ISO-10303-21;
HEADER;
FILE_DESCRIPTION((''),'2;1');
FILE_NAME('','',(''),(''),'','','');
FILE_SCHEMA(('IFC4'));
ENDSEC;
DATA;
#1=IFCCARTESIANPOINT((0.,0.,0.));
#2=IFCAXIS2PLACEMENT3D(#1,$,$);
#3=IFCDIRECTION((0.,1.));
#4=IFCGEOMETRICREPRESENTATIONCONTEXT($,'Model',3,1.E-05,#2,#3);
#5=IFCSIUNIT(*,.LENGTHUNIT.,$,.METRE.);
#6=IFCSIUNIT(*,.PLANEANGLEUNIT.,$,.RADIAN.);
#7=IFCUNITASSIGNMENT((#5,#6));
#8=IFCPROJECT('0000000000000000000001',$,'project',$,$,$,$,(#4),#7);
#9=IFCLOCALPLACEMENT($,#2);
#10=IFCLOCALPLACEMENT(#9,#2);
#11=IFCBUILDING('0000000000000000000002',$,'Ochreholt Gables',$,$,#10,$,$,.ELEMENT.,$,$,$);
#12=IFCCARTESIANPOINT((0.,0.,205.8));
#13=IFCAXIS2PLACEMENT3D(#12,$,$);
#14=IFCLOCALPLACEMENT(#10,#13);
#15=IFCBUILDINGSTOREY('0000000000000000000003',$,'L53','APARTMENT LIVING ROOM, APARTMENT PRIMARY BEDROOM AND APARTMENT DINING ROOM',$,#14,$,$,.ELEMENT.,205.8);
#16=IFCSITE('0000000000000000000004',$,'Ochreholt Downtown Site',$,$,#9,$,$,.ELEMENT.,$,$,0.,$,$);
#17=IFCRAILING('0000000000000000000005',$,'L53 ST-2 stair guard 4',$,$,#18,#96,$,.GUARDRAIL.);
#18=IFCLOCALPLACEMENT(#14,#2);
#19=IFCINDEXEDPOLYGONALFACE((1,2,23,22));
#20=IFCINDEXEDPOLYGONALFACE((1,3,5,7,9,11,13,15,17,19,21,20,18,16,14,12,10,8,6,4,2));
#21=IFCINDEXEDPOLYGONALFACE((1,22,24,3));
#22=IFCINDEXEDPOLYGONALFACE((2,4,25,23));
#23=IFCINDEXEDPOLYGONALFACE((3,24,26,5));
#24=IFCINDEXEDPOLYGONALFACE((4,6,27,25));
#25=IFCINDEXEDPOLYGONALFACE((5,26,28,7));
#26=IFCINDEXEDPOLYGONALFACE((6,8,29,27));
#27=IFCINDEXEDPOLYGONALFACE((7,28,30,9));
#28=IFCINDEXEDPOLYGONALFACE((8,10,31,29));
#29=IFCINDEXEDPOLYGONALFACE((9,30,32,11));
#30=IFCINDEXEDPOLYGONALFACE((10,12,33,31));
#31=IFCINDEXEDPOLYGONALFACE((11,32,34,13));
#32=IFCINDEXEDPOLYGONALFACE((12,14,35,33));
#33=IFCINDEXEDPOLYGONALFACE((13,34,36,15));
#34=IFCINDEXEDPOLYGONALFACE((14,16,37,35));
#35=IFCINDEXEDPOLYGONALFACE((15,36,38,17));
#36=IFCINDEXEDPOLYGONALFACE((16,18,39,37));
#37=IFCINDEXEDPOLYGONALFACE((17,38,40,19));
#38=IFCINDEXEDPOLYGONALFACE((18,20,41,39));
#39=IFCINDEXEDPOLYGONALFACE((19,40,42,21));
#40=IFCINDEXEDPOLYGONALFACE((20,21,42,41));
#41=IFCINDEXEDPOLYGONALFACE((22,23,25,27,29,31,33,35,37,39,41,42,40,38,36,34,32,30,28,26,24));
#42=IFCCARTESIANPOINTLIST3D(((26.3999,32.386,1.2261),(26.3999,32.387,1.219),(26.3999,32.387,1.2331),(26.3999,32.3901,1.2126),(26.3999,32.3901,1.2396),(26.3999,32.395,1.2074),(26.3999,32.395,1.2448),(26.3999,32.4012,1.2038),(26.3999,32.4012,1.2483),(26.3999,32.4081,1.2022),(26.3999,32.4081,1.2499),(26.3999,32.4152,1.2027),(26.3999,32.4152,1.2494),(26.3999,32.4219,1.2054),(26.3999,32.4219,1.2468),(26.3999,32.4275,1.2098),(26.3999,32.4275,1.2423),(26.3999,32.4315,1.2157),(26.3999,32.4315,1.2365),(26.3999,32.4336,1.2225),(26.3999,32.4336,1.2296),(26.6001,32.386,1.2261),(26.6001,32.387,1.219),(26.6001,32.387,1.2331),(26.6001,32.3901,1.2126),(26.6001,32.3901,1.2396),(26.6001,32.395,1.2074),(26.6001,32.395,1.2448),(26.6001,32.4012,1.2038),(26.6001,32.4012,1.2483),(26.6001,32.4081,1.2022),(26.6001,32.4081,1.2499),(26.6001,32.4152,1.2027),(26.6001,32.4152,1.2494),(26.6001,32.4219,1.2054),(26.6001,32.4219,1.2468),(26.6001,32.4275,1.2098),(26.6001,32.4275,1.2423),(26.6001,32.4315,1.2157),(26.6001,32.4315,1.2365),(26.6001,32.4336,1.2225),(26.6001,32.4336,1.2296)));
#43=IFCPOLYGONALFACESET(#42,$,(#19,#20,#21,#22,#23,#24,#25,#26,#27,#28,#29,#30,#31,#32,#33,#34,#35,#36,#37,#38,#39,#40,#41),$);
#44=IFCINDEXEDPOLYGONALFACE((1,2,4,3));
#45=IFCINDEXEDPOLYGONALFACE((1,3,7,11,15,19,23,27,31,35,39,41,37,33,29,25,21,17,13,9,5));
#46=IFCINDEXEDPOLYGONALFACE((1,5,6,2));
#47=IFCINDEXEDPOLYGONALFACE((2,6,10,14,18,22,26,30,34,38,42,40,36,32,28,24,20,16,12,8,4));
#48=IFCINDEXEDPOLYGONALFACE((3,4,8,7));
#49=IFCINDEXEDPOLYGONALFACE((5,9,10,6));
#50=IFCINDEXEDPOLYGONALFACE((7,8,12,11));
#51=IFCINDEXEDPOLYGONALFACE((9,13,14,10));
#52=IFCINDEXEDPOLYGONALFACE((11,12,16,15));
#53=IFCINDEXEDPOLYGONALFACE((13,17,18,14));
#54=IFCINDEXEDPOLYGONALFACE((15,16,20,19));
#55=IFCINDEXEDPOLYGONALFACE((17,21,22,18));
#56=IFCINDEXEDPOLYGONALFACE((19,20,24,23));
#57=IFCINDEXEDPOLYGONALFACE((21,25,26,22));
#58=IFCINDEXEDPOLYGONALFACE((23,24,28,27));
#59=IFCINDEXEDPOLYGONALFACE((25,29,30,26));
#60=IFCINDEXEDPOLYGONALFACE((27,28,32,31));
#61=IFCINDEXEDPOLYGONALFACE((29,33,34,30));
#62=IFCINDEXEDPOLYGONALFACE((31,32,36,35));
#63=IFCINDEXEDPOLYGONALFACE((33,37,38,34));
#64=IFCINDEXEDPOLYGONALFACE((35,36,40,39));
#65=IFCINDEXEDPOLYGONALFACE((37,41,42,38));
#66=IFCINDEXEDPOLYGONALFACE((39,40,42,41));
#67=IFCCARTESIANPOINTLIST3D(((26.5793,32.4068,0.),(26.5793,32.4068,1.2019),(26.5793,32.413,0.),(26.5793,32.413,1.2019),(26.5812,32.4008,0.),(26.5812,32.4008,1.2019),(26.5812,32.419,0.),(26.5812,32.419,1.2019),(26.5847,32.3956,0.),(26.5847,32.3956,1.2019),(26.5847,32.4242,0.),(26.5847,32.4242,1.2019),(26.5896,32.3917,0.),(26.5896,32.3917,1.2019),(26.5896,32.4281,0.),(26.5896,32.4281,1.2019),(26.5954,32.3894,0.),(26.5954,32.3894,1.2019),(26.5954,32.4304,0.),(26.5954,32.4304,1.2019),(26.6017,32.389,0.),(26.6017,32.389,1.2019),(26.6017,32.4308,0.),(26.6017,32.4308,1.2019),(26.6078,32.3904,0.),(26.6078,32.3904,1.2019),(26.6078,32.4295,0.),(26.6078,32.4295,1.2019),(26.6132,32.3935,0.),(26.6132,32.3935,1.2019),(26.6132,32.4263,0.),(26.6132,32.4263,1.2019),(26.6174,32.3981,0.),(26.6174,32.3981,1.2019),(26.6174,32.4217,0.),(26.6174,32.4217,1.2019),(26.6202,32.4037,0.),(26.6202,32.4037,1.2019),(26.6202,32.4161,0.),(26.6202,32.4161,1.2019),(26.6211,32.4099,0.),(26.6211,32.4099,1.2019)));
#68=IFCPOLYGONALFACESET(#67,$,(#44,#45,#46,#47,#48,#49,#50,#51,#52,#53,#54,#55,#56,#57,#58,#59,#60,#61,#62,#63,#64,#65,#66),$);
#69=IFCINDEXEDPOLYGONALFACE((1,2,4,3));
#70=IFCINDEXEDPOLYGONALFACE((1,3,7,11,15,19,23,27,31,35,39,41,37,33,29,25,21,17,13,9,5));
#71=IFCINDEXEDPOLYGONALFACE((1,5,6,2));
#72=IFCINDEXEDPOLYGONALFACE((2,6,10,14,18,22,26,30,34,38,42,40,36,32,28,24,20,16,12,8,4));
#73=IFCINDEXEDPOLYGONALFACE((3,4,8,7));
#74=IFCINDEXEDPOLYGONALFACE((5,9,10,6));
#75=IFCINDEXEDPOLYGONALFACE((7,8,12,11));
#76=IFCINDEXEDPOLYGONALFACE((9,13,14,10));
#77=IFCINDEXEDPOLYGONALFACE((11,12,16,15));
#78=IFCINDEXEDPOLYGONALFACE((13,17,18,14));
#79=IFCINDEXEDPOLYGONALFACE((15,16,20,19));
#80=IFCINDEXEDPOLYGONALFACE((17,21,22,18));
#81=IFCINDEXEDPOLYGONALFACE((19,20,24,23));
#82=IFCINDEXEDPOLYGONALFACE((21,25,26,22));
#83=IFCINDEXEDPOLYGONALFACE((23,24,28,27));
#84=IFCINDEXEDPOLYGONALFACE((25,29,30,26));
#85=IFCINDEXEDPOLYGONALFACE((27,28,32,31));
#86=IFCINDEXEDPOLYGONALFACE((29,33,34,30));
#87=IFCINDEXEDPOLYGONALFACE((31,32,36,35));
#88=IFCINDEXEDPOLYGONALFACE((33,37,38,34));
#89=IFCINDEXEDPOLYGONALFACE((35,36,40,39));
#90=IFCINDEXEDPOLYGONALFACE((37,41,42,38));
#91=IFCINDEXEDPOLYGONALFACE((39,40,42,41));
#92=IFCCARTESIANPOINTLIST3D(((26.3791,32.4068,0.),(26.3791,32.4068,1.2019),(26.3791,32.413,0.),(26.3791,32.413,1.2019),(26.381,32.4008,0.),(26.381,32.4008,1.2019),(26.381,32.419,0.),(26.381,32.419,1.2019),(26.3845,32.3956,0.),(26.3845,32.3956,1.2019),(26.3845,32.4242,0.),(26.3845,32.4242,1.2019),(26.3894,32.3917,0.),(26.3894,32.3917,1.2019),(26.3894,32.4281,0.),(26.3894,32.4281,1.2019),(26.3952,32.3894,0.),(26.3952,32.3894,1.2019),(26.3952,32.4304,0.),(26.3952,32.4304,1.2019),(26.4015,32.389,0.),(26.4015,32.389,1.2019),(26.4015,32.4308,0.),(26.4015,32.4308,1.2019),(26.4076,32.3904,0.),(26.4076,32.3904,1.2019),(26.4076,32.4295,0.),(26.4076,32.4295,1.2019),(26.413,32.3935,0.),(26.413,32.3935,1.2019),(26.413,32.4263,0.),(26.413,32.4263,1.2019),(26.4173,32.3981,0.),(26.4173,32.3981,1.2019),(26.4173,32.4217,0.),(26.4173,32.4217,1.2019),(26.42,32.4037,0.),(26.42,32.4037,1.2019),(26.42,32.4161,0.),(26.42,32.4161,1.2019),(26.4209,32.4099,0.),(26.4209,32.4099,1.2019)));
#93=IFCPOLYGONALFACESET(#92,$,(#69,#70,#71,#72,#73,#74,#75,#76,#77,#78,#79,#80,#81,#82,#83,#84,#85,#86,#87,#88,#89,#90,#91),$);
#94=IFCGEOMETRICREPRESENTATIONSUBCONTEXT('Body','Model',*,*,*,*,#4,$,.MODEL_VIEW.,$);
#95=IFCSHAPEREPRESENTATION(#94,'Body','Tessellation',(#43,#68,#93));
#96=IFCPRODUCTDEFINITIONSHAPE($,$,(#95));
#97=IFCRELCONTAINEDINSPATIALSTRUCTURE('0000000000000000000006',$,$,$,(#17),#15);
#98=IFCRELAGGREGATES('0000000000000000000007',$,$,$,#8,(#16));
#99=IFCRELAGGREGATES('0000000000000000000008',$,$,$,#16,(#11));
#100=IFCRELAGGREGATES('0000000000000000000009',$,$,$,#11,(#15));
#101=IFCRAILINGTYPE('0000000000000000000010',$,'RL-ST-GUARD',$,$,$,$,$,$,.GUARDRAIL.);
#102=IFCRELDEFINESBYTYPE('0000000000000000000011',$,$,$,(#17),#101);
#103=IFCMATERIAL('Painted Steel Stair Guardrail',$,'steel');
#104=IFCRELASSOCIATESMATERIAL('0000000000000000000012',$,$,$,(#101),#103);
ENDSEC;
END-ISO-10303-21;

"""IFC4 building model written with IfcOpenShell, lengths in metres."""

from ifc_helpers import new_model, si_unit, direction, frame, origin, origin_2d, place, context, subcontext, project, spatial, circle, extrude, material, type_object, element, save


model = new_model("IFC4")

# Units and contexts
model_context = context("Model", 3, precision=1e-05, world=origin(), true_north=direction((0.0, 1.0)))
body_context = subcontext(model_context, "Body", "Model", "MODEL_VIEW")
ifc_project = project(units=[si_unit("LENGTHUNIT", "METRE"), si_unit("PLANEANGLEUNIT", "RADIAN")], contexts=[model_context])

# Site, building, storey
site_placement = place(None, origin())
site = spatial("IfcSite", under=ifc_project, at=site_placement, Name="Ochreholt Downtown Site", CompositionType="ELEMENT", RefElevation=0.0)
building_placement = place(site_placement, origin())
building = spatial("IfcBuilding", under=site, at=building_placement, Name="Ochreholt Gables", CompositionType="ELEMENT")
storey_placement = place(building_placement, frame((0.0, 0.0, 205.8)))
storey = spatial("IfcBuildingStorey", under=building, at=storey_placement, Name="L53", Description="APARTMENT LIVING ROOM, APARTMENT PRIMARY BEDROOM AND APARTMENT DINING ROOM", CompositionType="ELEMENT", Elevation=205.8)

# Railing
ifc_material_1 = material(Name="Painted Steel Stair Guardrail", Category="steel")
railing_type_1 = type_object("IfcRailingType", Name="RL-ST-GUARD", PredefinedType="GUARDRAIL", material=ifc_material_1)
railing_1_placement = place(storey_placement, frame((26.6001, 32.4099, 0.0)))
element("IfcRailing", 1, at=railing_1_placement, inside=storey, type_object=railing_type_1, Name="L53 ST-2 stair guard 4", PredefinedType="GUARDRAIL", context=body_context, shape_type="SweptSolid", body=[
    extrude(circle(Radius=0.0239, at=origin_2d()), frame((0.0, 0.0, 1.2261), z_axis=(-1.0, 0.0, 0.0), x_axis=(0.0, -1.0, 0.0)), (0.0, 0.0, 1.0), 0.2002),
    extrude(circle(Radius=0.021, at=origin_2d()), origin(), (0.0, 0.0, 1.0), 1.2019),
    extrude(circle(Radius=0.021, at=origin_2d()), frame((-0.2002, 0.0, 0.0)), (0.0, 0.0, 1.0), 1.2019),
])

save(model, "model.ifc")
